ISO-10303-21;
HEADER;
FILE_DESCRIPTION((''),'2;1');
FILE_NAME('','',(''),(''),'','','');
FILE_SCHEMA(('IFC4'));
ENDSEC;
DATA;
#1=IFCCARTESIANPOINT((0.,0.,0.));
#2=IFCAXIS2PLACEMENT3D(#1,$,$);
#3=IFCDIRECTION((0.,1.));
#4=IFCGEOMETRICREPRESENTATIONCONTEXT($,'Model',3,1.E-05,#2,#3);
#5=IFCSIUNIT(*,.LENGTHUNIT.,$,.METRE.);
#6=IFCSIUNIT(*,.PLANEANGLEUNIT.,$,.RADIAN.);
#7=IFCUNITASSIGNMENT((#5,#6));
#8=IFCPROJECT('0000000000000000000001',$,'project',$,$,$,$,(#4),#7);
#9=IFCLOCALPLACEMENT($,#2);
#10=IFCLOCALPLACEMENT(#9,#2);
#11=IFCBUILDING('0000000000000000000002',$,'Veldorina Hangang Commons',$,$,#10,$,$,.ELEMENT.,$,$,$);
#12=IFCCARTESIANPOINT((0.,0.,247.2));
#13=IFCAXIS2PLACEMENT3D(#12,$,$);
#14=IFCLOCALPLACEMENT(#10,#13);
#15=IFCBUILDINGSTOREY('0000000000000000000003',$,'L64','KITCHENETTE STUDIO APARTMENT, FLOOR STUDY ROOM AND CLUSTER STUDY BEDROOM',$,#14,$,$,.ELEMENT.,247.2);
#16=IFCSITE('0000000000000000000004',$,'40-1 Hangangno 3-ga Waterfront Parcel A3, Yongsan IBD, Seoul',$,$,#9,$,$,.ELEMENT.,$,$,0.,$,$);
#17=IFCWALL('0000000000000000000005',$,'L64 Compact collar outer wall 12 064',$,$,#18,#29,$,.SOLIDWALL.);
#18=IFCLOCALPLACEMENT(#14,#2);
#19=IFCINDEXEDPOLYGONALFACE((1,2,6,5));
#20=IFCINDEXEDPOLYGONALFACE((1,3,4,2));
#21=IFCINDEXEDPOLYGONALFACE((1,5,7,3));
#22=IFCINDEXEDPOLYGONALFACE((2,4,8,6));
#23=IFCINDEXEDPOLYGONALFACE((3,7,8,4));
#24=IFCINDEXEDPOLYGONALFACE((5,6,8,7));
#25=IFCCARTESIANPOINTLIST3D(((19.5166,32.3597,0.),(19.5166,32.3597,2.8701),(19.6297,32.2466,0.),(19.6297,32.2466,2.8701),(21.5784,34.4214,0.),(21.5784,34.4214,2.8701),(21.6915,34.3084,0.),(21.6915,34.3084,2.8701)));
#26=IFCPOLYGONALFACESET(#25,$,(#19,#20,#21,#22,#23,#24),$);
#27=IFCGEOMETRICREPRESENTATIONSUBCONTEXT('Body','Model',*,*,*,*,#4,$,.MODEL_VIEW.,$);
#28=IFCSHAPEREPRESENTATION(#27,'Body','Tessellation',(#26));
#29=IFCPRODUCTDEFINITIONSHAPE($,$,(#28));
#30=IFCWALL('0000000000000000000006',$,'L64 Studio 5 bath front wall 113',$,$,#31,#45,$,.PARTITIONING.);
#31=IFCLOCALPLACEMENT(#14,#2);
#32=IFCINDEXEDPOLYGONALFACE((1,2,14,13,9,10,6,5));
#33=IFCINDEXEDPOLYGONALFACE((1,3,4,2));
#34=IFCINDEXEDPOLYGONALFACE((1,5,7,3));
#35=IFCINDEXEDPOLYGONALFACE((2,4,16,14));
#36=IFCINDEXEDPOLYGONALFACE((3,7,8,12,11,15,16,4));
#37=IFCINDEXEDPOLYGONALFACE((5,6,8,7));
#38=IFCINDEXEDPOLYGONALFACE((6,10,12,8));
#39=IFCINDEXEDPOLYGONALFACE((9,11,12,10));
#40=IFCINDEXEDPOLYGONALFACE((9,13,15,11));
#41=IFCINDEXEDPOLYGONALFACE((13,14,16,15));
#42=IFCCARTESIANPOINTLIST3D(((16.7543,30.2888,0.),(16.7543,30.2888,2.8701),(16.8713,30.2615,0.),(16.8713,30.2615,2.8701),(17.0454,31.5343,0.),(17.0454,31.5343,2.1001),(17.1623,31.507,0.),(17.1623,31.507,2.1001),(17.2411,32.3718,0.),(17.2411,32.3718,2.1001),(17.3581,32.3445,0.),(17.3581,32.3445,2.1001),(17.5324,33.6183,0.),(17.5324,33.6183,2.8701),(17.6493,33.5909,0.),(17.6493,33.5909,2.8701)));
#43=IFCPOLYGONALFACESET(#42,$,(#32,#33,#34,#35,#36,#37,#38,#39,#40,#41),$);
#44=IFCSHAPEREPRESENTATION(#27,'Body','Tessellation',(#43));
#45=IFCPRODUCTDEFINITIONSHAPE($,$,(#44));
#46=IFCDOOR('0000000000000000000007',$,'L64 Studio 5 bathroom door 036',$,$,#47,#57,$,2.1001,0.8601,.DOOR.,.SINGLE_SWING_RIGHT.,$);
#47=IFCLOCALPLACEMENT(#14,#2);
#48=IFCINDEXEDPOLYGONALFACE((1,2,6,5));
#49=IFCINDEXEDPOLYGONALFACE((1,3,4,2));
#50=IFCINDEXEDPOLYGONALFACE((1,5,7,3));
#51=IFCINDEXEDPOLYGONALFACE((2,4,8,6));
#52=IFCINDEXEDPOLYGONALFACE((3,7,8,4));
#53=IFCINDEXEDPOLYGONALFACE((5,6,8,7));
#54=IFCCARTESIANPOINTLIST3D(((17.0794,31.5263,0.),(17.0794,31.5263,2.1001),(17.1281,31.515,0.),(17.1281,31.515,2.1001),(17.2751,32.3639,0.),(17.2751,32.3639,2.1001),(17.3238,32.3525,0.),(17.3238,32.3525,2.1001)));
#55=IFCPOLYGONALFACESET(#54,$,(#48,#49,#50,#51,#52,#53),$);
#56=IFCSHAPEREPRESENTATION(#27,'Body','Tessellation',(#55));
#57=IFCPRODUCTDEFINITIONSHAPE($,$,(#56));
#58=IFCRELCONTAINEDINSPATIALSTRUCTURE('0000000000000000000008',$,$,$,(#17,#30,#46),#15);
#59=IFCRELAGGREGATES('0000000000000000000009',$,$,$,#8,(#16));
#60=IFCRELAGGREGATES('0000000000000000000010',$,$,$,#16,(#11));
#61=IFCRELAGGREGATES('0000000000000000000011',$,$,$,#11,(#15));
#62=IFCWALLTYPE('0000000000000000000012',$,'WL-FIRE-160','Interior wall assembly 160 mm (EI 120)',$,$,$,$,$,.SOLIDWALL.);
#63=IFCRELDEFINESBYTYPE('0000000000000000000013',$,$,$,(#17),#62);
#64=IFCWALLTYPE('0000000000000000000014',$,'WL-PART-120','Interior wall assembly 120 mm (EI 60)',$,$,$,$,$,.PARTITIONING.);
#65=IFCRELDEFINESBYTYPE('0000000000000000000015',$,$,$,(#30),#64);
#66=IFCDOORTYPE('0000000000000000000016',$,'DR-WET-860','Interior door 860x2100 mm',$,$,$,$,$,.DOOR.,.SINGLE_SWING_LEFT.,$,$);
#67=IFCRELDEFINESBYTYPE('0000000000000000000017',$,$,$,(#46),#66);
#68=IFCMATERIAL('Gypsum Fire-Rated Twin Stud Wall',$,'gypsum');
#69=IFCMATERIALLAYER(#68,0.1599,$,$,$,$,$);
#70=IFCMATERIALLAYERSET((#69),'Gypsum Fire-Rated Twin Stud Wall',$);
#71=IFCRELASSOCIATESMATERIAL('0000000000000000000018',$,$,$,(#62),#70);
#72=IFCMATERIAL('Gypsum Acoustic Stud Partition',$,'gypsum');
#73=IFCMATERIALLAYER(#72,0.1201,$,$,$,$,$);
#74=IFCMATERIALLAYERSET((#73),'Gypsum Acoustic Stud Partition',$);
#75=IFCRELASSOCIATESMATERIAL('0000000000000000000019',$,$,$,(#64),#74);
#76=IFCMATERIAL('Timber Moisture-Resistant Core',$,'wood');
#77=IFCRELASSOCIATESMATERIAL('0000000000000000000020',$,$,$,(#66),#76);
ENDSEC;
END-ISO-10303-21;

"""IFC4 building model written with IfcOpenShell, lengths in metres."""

from ifc_helpers import new_model, si_unit, direction, frame, frame_2d, origin, place, context, subcontext, project, spatial, rectangle, extrude, material, layer, layer_set, type_object, element, fill, save


model = new_model("IFC4")

# Units and contexts
model_context = context("Model", 3, precision=1e-05, world=origin(), true_north=direction((0.0, 1.0)))
body_context = subcontext(model_context, "Body", "Model", "MODEL_VIEW")
ifc_project = project(units=[si_unit("LENGTHUNIT", "METRE"), si_unit("PLANEANGLEUNIT", "RADIAN")], contexts=[model_context])

# Site, building, storey
site_placement = place(None, origin())
site = spatial("IfcSite", under=ifc_project, at=site_placement, Name="40-1 Hangangno 3-ga Waterfront Parcel A3, Yongsan IBD, Seoul", CompositionType="ELEMENT", RefElevation=0.0)
building_placement = place(site_placement, origin())
building = spatial("IfcBuilding", under=site, at=building_placement, Name="Veldorina Hangang Commons", CompositionType="ELEMENT")
storey_placement = place(building_placement, frame((0.0, 0.0, 247.2)))
storey = spatial("IfcBuildingStorey", under=building, at=storey_placement, Name="L64", Description="KITCHENETTE STUDIO APARTMENT, FLOOR STUDY ROOM AND CLUSTER STUDY BEDROOM", CompositionType="ELEMENT", Elevation=247.2)

# Wall
ifc_material_1 = material(Name="Gypsum Fire-Rated Twin Stud Wall", Category="gypsum")
ifc_layer_1 = layer(ifc_material_1, 0.1599)
ifc_layer_set_1 = layer_set([ifc_layer_1], Name="Gypsum Fire-Rated Twin Stud Wall")
wall_type_1 = type_object("IfcWallType", Name="WL-FIRE-160", Description="Interior wall assembly 160 mm (EI 120)", PredefinedType="SOLIDWALL", material=ifc_layer_set_1)
wall_1_placement = place(storey_placement, frame((21.635, 34.365, 0.0), z_axis=(0.0, 0.0, 1.0), x_axis=(-0.707107, -0.707107, 0.0)))
element("IfcWall", 1, at=wall_1_placement, inside=storey, type_object=wall_type_1, Name="L64 Compact collar outer wall 12 064", PredefinedType="SOLIDWALL", context=body_context, shape_type="SweptSolid", body=[
    extrude(rectangle(XDim=2.9158, YDim=0.1599, at=frame_2d((1.458, 0.0))), origin(), (0.0, 0.0, 1.0), 2.8701),
])

# Wall, opening, door
ifc_material_2 = material(Name="Gypsum Acoustic Stud Partition", Category="gypsum")
ifc_layer_2 = layer(ifc_material_2, 0.1201)
ifc_layer_set_2 = layer_set([ifc_layer_2], Name="Gypsum Acoustic Stud Partition")
wall_type_2 = type_object("IfcWallType", Name="WL-PART-120", Description="Interior wall assembly 120 mm (EI 60)", PredefinedType="PARTITIONING", material=ifc_layer_set_2)
wall_2_placement = place(storey_placement, frame((17.5908, 33.6045, 0.0), z_axis=(0.0, 0.0, 1.0), x_axis=(-0.227555, -0.973765, 0.0)))
wall_2 = element("IfcWall", 2, at=wall_2_placement, inside=storey, type_object=wall_type_2, Name="L64 Studio 5 bath front wall 113", PredefinedType="PARTITIONING", context=body_context, shape_type="SweptSolid", body=[
    extrude(rectangle(XDim=3.4192, YDim=0.1201, at=frame_2d((1.7095, 0.0))), origin(), (0.0, 0.0, 1.0), 2.8701),
])
opening_1_placement = place(wall_2_placement, frame((1.2798, 0.0, 0.0)))
opening_1 = element("IfcOpeningElement", 3, at=opening_1_placement, cuts=wall_2, PredefinedType="OPENING", context=body_context, shape_type="SweptSolid", body=[
    extrude(rectangle(XDim=0.8601, YDim=2.1001, at=frame_2d((0.4302, 1.05))), frame((0.0, 0.0701, 0.0), z_axis=(0.0, -1.0, 0.0), x_axis=(1.0, 0.0, 0.0)), (0.0, 0.0, 1.0), 0.1401),
])
ifc_material_3 = material(Name="Timber Moisture-Resistant Core", Category="wood")
door_type = type_object("IfcDoorType", Name="DR-WET-860", Description="Interior door 860x2100 mm", OperationType="SINGLE_SWING_LEFT", PredefinedType="DOOR", material=ifc_material_3)
door_placement = place(opening_1_placement, origin())
door = element("IfcDoor", 4, at=door_placement, inside=storey, type_object=door_type, Name="L64 Studio 5 bathroom door 036", OperationType="SINGLE_SWING_RIGHT", OverallHeight=2.1001, OverallWidth=0.8601, PredefinedType="DOOR", context=body_context, shape_type="SweptSolid", body=[
    extrude(rectangle(XDim=0.8601, YDim=2.1001, at=frame_2d((0.4302, 1.05))), frame((0.0, 0.0249, 0.0), z_axis=(0.0, -1.0, 0.0), x_axis=(1.0, 0.0, 0.0)), (0.0, 0.0, 1.0), 0.05),
])
fill(opening_1, door)

save(model, "model.ifc")
